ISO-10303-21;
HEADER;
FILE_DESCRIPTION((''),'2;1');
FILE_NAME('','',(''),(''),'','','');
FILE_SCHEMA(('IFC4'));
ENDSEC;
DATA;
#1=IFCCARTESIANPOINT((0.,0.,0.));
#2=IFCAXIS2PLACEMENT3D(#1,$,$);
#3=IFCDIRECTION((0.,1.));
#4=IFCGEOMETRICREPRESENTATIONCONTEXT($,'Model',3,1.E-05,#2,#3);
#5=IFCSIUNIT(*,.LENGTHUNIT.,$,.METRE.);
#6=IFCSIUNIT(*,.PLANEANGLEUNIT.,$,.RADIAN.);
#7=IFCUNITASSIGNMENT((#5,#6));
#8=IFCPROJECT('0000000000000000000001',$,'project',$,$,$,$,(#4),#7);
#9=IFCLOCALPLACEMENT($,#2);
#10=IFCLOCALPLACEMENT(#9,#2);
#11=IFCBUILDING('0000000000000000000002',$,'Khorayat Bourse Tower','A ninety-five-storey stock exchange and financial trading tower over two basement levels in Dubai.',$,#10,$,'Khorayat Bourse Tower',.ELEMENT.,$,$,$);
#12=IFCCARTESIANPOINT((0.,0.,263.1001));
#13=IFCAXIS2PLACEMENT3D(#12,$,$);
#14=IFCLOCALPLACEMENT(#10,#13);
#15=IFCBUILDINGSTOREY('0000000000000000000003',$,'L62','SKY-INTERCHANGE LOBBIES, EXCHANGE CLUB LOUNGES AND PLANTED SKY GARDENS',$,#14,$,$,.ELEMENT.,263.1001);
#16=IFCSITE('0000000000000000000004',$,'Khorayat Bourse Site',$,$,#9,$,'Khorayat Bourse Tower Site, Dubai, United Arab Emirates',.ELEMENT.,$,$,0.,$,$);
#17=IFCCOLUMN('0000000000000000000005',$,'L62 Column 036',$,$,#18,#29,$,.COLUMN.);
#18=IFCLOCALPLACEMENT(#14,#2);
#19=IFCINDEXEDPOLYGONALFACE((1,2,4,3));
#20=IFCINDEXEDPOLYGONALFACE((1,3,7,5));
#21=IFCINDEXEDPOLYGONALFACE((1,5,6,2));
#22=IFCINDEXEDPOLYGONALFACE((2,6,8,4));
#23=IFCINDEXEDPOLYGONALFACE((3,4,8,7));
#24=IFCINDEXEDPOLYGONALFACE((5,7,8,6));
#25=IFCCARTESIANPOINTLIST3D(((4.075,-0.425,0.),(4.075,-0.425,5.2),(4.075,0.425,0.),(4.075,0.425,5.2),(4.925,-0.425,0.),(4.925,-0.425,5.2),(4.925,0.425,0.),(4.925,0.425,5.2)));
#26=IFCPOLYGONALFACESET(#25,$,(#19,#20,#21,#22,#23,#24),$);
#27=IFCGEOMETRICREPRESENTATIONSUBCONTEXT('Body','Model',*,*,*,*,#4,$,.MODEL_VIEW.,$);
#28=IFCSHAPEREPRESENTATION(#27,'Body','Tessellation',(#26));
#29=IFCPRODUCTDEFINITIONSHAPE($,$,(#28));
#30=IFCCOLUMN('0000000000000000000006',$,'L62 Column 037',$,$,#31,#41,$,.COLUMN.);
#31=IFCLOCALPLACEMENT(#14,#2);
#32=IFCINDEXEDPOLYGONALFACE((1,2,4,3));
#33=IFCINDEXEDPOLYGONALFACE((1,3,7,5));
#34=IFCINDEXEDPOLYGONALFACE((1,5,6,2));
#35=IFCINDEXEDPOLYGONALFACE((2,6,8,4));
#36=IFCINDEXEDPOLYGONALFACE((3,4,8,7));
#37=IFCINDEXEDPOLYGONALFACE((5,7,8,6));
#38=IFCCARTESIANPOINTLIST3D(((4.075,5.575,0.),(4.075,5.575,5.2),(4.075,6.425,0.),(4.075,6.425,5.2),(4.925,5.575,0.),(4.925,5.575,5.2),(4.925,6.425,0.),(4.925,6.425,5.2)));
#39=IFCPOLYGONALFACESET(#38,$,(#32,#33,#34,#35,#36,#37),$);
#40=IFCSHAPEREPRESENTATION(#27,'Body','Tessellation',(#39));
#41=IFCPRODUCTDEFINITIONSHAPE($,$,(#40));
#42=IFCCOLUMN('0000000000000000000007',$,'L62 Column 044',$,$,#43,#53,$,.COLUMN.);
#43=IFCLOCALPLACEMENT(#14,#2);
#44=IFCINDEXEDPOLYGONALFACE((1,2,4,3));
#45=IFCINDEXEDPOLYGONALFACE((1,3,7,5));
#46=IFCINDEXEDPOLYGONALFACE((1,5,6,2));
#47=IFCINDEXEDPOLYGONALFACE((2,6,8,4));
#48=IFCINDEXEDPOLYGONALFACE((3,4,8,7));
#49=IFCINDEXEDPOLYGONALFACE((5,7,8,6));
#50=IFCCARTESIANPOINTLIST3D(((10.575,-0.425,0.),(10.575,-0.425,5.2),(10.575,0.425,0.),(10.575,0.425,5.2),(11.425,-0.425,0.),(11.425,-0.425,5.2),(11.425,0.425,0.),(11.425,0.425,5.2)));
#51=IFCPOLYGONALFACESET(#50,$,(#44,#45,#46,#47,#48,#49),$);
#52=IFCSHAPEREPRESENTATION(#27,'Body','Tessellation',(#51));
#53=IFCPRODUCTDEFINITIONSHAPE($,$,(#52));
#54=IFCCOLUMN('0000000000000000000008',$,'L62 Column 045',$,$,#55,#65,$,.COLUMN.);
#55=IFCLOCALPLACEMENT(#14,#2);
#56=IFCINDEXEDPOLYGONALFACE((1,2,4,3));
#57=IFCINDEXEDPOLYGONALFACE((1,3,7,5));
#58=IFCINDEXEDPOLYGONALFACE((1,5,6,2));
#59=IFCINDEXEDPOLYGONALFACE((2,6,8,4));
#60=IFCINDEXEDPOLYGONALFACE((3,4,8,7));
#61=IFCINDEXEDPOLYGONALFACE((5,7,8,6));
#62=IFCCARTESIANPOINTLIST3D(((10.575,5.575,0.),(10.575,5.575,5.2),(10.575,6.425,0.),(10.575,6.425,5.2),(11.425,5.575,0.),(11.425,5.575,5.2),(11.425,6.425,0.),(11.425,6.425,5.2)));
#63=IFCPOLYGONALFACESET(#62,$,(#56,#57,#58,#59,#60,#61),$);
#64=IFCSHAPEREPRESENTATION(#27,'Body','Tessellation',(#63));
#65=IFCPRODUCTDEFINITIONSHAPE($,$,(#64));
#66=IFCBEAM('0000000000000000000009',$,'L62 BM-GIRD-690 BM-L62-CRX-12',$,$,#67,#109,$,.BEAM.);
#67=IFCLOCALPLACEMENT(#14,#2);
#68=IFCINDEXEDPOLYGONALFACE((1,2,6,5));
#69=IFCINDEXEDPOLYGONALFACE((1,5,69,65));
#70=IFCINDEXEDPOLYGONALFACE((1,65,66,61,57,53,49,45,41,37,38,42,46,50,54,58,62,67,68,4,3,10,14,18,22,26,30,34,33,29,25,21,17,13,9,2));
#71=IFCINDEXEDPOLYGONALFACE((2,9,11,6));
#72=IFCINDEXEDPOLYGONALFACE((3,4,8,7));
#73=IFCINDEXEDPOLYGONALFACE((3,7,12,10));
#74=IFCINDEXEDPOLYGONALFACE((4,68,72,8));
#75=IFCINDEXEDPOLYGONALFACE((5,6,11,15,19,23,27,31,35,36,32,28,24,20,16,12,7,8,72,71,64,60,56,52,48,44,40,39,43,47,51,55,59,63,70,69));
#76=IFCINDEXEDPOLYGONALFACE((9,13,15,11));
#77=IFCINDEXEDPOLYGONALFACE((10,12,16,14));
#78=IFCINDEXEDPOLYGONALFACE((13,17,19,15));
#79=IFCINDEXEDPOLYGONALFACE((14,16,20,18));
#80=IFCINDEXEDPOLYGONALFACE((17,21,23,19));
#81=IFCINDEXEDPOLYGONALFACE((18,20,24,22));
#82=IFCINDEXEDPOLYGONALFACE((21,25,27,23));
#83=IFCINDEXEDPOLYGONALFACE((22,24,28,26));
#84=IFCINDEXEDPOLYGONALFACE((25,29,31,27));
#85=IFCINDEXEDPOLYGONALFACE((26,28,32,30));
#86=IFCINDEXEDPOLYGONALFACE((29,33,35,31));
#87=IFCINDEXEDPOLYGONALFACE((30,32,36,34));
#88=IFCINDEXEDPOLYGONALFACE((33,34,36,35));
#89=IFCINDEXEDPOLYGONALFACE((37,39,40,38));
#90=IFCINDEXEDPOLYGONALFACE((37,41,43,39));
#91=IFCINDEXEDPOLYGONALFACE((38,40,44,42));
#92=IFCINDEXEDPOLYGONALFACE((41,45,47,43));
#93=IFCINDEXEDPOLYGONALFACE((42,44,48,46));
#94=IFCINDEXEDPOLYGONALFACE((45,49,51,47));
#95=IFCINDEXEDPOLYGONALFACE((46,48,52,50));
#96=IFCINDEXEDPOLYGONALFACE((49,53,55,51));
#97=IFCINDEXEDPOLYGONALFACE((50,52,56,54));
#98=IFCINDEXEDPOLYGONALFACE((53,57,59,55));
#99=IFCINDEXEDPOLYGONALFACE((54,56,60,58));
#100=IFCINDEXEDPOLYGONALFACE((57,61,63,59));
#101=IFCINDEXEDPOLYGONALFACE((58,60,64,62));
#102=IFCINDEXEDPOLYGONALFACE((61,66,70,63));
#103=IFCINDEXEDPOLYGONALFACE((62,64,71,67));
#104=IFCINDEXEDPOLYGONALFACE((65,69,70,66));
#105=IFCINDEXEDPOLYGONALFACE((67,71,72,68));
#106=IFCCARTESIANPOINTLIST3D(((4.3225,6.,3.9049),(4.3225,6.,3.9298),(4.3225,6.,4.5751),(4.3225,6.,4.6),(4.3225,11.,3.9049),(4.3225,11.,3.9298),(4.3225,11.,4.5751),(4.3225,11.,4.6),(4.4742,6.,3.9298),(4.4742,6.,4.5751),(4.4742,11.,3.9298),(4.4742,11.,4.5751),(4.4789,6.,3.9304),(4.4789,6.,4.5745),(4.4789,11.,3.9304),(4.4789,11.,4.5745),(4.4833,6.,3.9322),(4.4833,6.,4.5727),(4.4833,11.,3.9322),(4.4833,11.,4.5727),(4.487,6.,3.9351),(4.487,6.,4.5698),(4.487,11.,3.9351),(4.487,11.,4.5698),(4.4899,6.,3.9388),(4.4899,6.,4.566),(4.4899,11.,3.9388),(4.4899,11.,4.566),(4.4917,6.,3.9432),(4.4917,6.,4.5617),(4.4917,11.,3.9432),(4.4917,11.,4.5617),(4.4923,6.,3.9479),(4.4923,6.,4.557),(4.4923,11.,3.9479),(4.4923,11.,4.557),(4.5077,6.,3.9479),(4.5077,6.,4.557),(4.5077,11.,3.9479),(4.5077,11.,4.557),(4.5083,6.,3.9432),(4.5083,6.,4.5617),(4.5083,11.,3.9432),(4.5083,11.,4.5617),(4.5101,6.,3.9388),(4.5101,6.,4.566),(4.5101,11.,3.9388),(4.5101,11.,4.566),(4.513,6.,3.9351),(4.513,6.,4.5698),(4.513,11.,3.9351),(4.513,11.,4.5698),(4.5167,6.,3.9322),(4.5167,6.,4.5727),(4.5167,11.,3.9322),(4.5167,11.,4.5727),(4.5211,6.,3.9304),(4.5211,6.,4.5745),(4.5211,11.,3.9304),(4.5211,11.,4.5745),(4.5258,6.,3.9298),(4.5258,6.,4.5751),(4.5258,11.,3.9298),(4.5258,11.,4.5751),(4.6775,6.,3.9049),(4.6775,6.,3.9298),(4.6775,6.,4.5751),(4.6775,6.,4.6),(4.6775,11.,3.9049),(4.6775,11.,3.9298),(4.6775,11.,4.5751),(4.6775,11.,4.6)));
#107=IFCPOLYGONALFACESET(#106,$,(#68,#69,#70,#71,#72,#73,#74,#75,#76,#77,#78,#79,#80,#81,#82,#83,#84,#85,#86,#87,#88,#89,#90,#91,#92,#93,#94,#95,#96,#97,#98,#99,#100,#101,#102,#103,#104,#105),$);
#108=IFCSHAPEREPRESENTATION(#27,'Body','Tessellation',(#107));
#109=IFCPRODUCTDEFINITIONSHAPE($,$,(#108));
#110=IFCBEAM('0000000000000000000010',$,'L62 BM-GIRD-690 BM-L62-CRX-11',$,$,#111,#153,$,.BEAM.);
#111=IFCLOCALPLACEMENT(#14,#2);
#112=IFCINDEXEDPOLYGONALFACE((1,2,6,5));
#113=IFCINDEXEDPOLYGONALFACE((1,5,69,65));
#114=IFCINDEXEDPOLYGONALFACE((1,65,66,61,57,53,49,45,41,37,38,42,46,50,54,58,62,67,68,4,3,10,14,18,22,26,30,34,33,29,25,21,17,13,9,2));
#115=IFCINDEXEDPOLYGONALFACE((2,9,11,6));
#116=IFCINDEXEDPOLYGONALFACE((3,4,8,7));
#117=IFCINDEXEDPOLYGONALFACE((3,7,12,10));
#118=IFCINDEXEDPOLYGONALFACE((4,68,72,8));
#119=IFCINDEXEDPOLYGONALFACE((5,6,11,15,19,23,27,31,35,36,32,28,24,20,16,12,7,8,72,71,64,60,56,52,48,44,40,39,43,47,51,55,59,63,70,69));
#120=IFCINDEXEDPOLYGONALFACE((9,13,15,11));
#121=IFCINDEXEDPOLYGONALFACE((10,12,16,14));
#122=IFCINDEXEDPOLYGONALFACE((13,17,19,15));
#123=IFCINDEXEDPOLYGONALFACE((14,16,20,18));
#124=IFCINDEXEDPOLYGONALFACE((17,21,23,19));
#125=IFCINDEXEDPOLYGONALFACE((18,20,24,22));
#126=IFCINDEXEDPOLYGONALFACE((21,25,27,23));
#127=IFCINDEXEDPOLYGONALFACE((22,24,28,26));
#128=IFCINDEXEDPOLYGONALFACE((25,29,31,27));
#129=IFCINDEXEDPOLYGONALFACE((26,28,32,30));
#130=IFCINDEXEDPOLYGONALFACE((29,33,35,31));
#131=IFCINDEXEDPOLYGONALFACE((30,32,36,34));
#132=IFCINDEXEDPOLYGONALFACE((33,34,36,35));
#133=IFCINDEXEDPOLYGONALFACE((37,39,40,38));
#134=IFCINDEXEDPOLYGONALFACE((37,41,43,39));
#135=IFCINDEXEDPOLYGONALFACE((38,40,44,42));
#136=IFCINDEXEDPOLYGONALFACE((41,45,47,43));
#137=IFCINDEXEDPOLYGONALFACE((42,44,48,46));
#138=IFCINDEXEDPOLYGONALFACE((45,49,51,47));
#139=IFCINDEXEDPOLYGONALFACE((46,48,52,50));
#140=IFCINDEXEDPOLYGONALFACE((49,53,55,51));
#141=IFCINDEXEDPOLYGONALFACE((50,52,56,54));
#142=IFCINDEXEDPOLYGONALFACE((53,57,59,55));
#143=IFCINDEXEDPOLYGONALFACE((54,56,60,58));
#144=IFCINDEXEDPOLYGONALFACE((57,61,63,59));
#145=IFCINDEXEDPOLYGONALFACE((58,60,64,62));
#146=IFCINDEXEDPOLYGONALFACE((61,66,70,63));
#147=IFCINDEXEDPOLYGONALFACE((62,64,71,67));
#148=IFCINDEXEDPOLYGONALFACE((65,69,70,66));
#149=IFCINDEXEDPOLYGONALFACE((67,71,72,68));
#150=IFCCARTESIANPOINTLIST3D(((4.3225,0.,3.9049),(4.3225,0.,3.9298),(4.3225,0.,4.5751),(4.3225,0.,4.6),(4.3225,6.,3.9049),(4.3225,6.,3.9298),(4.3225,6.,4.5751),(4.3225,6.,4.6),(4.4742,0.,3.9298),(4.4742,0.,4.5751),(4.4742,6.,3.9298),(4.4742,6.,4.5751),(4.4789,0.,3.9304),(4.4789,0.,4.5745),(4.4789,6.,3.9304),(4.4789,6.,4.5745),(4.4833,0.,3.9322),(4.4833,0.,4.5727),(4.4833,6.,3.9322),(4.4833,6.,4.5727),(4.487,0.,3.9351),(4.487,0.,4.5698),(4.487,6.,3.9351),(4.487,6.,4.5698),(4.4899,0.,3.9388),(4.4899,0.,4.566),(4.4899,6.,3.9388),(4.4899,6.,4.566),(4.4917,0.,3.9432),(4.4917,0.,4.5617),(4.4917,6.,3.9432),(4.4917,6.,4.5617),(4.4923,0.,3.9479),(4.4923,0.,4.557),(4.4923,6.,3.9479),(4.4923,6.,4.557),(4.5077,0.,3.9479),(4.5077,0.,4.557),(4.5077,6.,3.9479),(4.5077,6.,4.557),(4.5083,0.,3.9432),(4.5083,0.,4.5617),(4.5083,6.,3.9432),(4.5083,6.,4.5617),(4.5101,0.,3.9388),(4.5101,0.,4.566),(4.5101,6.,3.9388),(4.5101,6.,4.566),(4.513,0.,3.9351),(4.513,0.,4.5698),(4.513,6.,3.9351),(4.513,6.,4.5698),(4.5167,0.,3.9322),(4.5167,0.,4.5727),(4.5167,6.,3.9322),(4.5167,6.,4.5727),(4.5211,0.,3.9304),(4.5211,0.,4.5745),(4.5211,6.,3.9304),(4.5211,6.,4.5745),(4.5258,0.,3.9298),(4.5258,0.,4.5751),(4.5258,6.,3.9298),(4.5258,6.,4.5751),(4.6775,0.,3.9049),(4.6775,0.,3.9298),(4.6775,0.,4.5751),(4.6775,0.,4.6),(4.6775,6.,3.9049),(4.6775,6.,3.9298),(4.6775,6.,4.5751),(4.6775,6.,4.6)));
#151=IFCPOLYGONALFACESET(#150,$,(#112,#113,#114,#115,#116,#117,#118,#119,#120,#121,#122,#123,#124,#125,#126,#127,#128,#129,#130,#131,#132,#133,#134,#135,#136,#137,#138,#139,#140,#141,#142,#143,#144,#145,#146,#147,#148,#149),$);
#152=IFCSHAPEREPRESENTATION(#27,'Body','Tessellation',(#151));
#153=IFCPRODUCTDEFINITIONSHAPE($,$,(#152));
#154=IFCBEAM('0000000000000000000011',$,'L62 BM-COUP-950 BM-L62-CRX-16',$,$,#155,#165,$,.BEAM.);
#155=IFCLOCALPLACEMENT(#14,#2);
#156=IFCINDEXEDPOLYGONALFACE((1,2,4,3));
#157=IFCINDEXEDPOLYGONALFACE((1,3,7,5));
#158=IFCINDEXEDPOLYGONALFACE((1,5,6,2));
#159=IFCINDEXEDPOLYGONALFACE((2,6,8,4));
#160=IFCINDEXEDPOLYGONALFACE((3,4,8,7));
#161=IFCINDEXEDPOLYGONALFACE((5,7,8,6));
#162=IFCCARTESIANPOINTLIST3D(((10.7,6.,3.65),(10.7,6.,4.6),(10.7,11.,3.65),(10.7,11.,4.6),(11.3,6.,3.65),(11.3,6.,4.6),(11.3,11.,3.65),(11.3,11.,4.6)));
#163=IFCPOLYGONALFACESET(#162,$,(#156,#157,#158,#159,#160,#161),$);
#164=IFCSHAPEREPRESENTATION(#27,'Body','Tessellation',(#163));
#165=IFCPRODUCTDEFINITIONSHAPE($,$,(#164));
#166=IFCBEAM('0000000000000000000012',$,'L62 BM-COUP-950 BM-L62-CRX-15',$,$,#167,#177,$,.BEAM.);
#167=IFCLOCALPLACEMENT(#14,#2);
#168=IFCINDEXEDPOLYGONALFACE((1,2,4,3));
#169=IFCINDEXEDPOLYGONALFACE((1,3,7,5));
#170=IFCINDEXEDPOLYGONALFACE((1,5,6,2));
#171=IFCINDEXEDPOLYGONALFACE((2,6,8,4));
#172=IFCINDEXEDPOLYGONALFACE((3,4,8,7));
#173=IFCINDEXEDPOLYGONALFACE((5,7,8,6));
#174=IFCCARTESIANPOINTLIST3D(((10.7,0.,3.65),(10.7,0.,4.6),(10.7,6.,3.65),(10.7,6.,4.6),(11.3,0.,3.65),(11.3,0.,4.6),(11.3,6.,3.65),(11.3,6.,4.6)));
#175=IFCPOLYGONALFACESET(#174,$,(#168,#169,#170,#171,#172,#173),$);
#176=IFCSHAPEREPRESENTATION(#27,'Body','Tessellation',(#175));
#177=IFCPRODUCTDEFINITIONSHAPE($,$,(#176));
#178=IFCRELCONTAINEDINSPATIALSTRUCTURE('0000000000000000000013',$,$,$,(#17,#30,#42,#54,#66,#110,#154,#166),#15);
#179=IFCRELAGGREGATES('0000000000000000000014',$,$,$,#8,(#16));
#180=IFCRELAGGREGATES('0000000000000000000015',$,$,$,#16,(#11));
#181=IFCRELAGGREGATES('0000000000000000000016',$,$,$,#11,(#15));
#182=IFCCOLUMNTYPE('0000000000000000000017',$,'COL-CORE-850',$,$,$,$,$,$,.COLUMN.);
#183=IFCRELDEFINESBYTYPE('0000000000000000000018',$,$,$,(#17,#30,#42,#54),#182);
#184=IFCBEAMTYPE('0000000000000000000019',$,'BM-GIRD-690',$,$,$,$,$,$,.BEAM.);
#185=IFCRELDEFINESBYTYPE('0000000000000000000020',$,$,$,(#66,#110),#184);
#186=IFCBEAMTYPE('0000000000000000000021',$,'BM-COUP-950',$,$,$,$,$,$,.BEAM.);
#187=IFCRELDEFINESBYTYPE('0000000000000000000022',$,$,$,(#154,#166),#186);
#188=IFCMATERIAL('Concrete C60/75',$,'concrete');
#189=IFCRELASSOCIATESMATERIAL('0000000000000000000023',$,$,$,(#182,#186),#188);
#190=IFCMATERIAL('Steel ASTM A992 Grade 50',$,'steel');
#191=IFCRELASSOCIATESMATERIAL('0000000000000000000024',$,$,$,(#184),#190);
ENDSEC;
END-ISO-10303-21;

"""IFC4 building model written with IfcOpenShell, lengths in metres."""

from ifc_helpers import new_model, si_unit, direction, frame, origin, origin_2d, place, context, subcontext, project, spatial, rectangle, i_section, extrude, source, transform, mapped, material, material_profile, profile_set, type_object, element, save


model = new_model("IFC4")

# Units and contexts
model_context = context("Model", 3, precision=1e-05, world=origin(), true_north=direction((0.0, 1.0)))
body_context = subcontext(model_context, "Body", "Model", "MODEL_VIEW")
ifc_project = project(units=[si_unit("LENGTHUNIT", "METRE"), si_unit("PLANEANGLEUNIT", "RADIAN")], contexts=[model_context])

# Site, building, storey
site_placement = place(None, origin())
site = spatial("IfcSite", under=ifc_project, at=site_placement, Name="Khorayat Bourse Site", LongName="Khorayat Bourse Tower Site, Dubai, United Arab Emirates", CompositionType="ELEMENT", RefElevation=0.0)
building_placement = place(site_placement, origin())
building = spatial("IfcBuilding", under=site, at=building_placement, Name="Khorayat Bourse Tower", Description="A ninety-five-storey stock exchange and financial trading tower over two basement levels in Dubai.", LongName="Khorayat Bourse Tower", CompositionType="ELEMENT")
storey_placement = place(building_placement, frame((0.0, 0.0, 263.1001)))
storey = spatial("IfcBuildingStorey", under=building, at=storey_placement, Name="L62", Description="SKY-INTERCHANGE LOBBIES, EXCHANGE CLUB LOUNGES AND PLANTED SKY GARDENS", CompositionType="ELEMENT", Elevation=263.1001)

# Columns
ifc_material_1 = material(Name="Concrete C60/75", Category="concrete")
ifc_material_profile_1 = material_profile(ifc_material_1, rectangle(XDim=0.8501, YDim=0.8501, at=origin_2d()), Name="RC 850x850")
ifc_profile_set_1 = profile_set([ifc_material_profile_1], Name="Concrete C60/75")
column_type = type_object("IfcColumnType", Name="COL-CORE-850", PredefinedType="COLUMN", material=ifc_profile_set_1)
shared_shape_1 = source(origin(), body_context, "Body", "SweptSolid", [
    extrude(rectangle(XDim=0.8501, YDim=0.8501, at=origin_2d()), origin(), (0.0, 0.0, 1.0), 5.2),
])
for number, where, z_axis, x_axis, name in (
    (1, (4.5, 0.0, 0.0), (0.0, 0.0, 1.0), (1.0, 0.0, 0.0), "L62 Column 036"),
    (2, (4.5, 6.0, 0.0), (0.0, 0.0, 1.0), (1.0, 0.0, 0.0), "L62 Column 037"),
    (3, (11.0, 0.0, 0.0), (0.0, 0.0, 1.0), (1.0, 0.0, 0.0), "L62 Column 044"),
    (4, (11.0, 6.0, 0.0), (0.0, 0.0, 1.0), (1.0, 0.0, 0.0), "L62 Column 045"),
):
    element("IfcColumn", number, at=place(storey_placement, frame(where, z_axis=z_axis, x_axis=x_axis)), inside=storey, type_object=column_type, Name=name, PredefinedType="COLUMN", context=body_context, shape_type="MappedRepresentation", body=[
        mapped(shared_shape_1, transform((0.0, 0.0, 0.0), scale=1.0)),
    ])

# Beams
ifc_material_2 = material(Name="Steel ASTM A992 Grade 50", Category="steel")
ifc_material_profile_2 = material_profile(ifc_material_2, i_section(OverallWidth=0.355, OverallDepth=0.6951, WebThickness=0.0154, FlangeThickness=0.0249, FilletRadius=0.0181, at=origin_2d()), Name="W690X217")
ifc_profile_set_2 = profile_set([ifc_material_profile_2], Name="Steel ASTM A992 Grade 50")
beam_type_1 = type_object("IfcBeamType", Name="BM-GIRD-690", PredefinedType="BEAM", material=ifc_profile_set_2)
shared_shape_2 = source(origin(), body_context, "Body", "SweptSolid", [
    extrude(i_section(OverallWidth=0.355, OverallDepth=0.6951, WebThickness=0.0154, FlangeThickness=0.0249, FilletRadius=0.0181, at=origin_2d()), origin(), (0.0, 0.0, 1.0), 5.0),
])
beam_1_placement = place(storey_placement, frame((4.5, 6.0, 4.2524), z_axis=(0.0, 1.0, 0.0), x_axis=(-1.0, 0.0, 0.0)))
element("IfcBeam", 5, at=beam_1_placement, inside=storey, type_object=beam_type_1, Name="L62 BM-GIRD-690 BM-L62-CRX-12", PredefinedType="BEAM", context=body_context, shape_type="MappedRepresentation", body=[
    mapped(shared_shape_2, transform((0.0, 0.0, 0.0), scale=1.0)),
])
shared_shape_3 = source(origin(), body_context, "Body", "SweptSolid", [
    extrude(i_section(OverallWidth=0.355, OverallDepth=0.6951, WebThickness=0.0154, FlangeThickness=0.0249, FilletRadius=0.0181, at=origin_2d()), origin(), (0.0, 0.0, 1.0), 6.0),
])
beam_2_placement = place(storey_placement, frame((4.5, 0.0, 4.2524), z_axis=(0.0, 1.0, 0.0), x_axis=(-1.0, 0.0, 0.0)))
element("IfcBeam", 6, at=beam_2_placement, inside=storey, type_object=beam_type_1, Name="L62 BM-GIRD-690 BM-L62-CRX-11", PredefinedType="BEAM", context=body_context, shape_type="MappedRepresentation", body=[
    mapped(shared_shape_3, transform((0.0, 0.0, 0.0), scale=1.0)),
])
ifc_material_profile_3 = material_profile(ifc_material_1, rectangle(XDim=0.6001, YDim=0.95, at=origin_2d()), Name="RC 600x950")
ifc_profile_set_3 = profile_set([ifc_material_profile_3], Name="Concrete C60/75")
beam_type_2 = type_object("IfcBeamType", Name="BM-COUP-950", PredefinedType="BEAM", material=ifc_profile_set_3)
shared_shape_4 = source(origin(), body_context, "Body", "SweptSolid", [
    extrude(rectangle(XDim=0.6001, YDim=0.95, at=origin_2d()), origin(), (0.0, 0.0, 1.0), 5.0),
])
beam_3_placement = place(storey_placement, frame((11.0, 6.0, 4.125), z_axis=(0.0, 1.0, 0.0), x_axis=(-1.0, 0.0, 0.0)))
element("IfcBeam", 7, at=beam_3_placement, inside=storey, type_object=beam_type_2, Name="L62 BM-COUP-950 BM-L62-CRX-16", PredefinedType="BEAM", context=body_context, shape_type="MappedRepresentation", body=[
    mapped(shared_shape_4, transform((0.0, 0.0, 0.0), scale=1.0)),
])
shared_shape_5 = source(origin(), body_context, "Body", "SweptSolid", [
    extrude(rectangle(XDim=0.6001, YDim=0.95, at=origin_2d()), origin(), (0.0, 0.0, 1.0), 6.0),
])
beam_4_placement = place(storey_placement, frame((11.0, 0.0, 4.125), z_axis=(0.0, 1.0, 0.0), x_axis=(-1.0, 0.0, 0.0)))
element("IfcBeam", 8, at=beam_4_placement, inside=storey, type_object=beam_type_2, Name="L62 BM-COUP-950 BM-L62-CRX-15", PredefinedType="BEAM", context=body_context, shape_type="MappedRepresentation", body=[
    mapped(shared_shape_5, transform((0.0, 0.0, 0.0), scale=1.0)),
])

save(model, "model.ifc")
